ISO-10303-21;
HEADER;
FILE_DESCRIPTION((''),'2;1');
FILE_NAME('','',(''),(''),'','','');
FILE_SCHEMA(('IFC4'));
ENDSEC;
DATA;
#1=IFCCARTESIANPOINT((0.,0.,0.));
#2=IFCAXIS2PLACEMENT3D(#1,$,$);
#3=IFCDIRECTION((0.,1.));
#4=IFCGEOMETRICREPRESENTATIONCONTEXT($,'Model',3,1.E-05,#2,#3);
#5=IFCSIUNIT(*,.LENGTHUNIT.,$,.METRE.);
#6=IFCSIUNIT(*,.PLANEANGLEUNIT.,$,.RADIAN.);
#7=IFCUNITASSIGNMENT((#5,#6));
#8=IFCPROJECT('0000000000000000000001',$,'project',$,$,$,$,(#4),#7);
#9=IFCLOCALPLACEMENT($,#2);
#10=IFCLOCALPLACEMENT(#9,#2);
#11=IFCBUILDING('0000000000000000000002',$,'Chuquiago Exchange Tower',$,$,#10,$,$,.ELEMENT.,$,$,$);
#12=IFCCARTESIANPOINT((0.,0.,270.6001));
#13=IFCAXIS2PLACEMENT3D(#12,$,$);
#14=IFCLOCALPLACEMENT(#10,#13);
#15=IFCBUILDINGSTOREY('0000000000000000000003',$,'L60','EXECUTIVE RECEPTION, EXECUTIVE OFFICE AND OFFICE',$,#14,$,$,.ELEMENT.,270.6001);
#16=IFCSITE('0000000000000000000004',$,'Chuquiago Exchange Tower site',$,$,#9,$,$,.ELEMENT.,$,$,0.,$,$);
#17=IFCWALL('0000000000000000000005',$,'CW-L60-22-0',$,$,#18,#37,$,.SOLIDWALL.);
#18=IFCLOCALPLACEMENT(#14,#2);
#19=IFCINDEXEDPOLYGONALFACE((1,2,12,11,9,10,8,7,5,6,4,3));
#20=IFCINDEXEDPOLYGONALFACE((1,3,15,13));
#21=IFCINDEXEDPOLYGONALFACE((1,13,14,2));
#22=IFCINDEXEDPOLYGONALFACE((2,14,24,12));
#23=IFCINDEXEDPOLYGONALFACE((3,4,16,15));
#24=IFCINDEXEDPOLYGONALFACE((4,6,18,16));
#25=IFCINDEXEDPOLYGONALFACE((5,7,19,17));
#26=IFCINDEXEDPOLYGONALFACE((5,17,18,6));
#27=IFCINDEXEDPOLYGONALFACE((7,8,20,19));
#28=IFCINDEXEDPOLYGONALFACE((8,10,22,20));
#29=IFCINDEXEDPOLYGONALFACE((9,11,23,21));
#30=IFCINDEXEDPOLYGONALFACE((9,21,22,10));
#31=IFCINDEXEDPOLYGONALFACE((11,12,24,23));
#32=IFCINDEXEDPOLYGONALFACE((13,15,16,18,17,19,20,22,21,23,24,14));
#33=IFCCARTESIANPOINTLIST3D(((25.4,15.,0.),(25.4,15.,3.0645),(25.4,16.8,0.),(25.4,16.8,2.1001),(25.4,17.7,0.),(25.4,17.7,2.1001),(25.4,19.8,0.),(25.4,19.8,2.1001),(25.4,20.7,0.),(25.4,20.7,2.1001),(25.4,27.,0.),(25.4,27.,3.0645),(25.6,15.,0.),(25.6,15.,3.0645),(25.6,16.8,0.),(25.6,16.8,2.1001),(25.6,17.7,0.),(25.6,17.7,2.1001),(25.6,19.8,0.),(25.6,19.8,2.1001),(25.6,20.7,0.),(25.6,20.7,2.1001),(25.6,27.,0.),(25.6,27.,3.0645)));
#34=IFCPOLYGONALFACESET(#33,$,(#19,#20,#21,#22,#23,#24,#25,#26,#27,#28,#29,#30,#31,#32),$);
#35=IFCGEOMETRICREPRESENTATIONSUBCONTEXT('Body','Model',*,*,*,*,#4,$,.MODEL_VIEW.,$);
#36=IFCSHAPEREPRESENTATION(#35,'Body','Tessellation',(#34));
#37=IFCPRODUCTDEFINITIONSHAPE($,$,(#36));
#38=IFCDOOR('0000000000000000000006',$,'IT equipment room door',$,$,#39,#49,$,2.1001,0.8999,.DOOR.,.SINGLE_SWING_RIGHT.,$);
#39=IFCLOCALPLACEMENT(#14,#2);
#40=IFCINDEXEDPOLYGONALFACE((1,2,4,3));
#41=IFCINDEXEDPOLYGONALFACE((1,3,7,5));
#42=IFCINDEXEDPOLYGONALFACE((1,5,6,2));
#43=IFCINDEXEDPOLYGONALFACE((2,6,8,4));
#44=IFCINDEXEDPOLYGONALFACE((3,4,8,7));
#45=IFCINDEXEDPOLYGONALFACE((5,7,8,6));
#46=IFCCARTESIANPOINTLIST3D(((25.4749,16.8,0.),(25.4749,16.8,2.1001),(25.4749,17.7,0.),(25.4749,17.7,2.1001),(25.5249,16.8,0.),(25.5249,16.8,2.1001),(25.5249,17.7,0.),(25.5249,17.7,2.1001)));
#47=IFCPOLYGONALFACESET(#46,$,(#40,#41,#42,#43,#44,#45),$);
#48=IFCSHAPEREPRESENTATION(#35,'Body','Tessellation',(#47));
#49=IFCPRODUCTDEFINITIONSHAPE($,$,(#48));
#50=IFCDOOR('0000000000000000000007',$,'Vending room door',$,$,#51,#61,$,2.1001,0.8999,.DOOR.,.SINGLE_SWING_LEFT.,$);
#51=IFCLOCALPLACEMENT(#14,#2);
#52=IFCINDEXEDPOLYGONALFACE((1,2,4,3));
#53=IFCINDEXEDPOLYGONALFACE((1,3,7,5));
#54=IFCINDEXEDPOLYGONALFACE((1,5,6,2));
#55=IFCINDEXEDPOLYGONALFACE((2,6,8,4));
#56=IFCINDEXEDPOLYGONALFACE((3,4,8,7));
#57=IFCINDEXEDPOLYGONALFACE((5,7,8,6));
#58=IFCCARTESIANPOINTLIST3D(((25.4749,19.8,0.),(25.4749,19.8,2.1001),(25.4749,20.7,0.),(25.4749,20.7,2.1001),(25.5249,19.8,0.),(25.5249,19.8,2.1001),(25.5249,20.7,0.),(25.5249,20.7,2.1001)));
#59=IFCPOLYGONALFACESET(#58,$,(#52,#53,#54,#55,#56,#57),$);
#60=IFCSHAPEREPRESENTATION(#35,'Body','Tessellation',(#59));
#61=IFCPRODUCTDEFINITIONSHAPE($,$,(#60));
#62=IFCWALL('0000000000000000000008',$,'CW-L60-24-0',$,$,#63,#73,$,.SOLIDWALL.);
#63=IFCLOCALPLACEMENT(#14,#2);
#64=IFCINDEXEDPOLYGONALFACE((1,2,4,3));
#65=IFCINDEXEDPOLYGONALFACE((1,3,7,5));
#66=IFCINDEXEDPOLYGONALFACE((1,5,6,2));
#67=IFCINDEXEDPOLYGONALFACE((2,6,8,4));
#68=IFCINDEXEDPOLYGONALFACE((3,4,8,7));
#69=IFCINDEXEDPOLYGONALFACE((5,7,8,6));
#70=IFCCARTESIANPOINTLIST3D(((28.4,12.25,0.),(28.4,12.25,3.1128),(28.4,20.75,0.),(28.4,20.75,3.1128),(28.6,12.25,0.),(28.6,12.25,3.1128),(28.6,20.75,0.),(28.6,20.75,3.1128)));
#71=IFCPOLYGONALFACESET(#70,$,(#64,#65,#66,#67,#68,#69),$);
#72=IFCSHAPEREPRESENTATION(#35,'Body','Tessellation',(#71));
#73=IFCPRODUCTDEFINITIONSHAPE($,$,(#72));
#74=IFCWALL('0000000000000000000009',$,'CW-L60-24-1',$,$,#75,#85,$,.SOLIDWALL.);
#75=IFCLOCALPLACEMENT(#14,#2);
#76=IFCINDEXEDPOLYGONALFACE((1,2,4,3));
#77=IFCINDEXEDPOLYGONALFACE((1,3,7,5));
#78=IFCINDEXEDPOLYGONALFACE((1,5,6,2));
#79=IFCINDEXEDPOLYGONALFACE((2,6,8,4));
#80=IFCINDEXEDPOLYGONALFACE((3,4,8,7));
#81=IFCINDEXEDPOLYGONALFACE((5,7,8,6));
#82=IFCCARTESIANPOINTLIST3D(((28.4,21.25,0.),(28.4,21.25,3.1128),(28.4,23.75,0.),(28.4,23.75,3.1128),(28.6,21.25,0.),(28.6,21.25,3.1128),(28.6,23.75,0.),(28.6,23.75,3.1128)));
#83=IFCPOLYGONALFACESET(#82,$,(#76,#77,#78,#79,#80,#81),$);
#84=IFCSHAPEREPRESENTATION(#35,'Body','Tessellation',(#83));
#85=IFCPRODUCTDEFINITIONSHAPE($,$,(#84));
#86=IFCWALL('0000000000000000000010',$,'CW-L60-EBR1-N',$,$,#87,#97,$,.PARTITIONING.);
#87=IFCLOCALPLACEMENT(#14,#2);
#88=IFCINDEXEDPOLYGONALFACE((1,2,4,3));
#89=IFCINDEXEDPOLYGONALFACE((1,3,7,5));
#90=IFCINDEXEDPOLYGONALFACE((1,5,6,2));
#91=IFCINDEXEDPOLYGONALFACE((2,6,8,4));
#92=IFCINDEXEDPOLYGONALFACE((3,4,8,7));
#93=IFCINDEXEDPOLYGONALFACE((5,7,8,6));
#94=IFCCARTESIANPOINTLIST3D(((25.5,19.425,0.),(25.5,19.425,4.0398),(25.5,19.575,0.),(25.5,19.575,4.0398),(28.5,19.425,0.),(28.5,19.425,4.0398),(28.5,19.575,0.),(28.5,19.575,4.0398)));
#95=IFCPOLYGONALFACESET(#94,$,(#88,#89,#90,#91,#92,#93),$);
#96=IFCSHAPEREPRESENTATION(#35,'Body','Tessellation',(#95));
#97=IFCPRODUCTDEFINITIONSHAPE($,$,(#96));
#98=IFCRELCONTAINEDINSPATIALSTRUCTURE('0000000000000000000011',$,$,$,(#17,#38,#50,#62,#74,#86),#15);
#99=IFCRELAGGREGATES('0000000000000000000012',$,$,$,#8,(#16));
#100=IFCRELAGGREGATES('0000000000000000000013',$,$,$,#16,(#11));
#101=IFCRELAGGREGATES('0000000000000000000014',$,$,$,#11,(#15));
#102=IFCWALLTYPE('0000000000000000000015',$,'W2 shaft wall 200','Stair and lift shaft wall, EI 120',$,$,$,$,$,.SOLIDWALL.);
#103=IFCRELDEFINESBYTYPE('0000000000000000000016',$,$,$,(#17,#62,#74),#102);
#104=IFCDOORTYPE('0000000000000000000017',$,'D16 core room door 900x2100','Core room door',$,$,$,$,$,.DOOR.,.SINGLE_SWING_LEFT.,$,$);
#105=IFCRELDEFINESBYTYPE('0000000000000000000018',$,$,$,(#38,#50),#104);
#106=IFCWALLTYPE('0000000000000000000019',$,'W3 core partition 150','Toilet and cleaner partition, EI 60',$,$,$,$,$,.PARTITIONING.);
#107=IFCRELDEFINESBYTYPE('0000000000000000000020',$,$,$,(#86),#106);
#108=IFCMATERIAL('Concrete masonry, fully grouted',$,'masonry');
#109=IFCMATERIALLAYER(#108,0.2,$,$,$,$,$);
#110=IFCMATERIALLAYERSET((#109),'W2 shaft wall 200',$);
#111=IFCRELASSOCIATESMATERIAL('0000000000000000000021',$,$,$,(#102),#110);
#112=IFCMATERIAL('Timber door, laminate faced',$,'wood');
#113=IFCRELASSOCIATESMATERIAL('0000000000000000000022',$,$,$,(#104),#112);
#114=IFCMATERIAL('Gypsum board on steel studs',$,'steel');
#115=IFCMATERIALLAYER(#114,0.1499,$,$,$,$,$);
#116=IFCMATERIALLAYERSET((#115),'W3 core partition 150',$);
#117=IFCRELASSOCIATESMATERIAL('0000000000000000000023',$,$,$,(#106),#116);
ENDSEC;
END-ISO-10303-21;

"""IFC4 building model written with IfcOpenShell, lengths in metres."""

from ifc_helpers import new_model, si_unit, direction, frame, frame_2d, origin, place, context, subcontext, project, spatial, rectangle, extrude, material, layer, layer_set, type_object, element, fill, save


model = new_model("IFC4")

# Units and contexts
model_context = context("Model", 3, precision=1e-05, world=origin(), true_north=direction((0.0, 1.0)))
body_context = subcontext(model_context, "Body", "Model", "MODEL_VIEW")
ifc_project = project(units=[si_unit("LENGTHUNIT", "METRE"), si_unit("PLANEANGLEUNIT", "RADIAN")], contexts=[model_context])

# Site, building, storey
site_placement = place(None, origin())
site = spatial("IfcSite", under=ifc_project, at=site_placement, Name="Chuquiago Exchange Tower site", CompositionType="ELEMENT", RefElevation=0.0)
building_placement = place(site_placement, origin())
building = spatial("IfcBuilding", under=site, at=building_placement, Name="Chuquiago Exchange Tower", CompositionType="ELEMENT")
storey_placement = place(building_placement, frame((0.0, 0.0, 270.6001)))
storey = spatial("IfcBuildingStorey", under=building, at=storey_placement, Name="L60", Description="EXECUTIVE RECEPTION, EXECUTIVE OFFICE AND OFFICE", CompositionType="ELEMENT", Elevation=270.6001)

# Shared definitions
ifc_material_1 = material(Name="Concrete masonry, fully grouted", Category="masonry")
ifc_layer_1 = layer(ifc_material_1, 0.2)
ifc_layer_set_1 = layer_set([ifc_layer_1], Name="W2 shaft wall 200")
wall_type_1 = type_object("IfcWallType", Name="W2 shaft wall 200", Description="Stair and lift shaft wall, EI 120", PredefinedType="SOLIDWALL", material=ifc_layer_set_1)

# Wall, openings, doors
wall_1_placement = place(storey_placement, frame((25.5, 15.0, 0.0), z_axis=(0.0, 0.0, 1.0), x_axis=(0.0, 1.0, 0.0)))
wall_1 = element("IfcWall", 1, at=wall_1_placement, inside=storey, type_object=wall_type_1, Name="CW-L60-22-0", PredefinedType="SOLIDWALL", context=body_context, shape_type="SweptSolid", body=[
    extrude(rectangle(XDim=12.0, YDim=0.2, at=frame_2d((6.0, 0.0))), origin(), (0.0, 0.0, 1.0), 3.0645),
])
opening_1_placement = place(wall_1_placement, frame((1.8, 0.0, 0.0)))
opening_1 = element("IfcOpeningElement", 2, at=opening_1_placement, cuts=wall_1, PredefinedType="OPENING", context=body_context, shape_type="SweptSolid", body=[
    extrude(rectangle(XDim=0.8999, YDim=2.1001, at=frame_2d((0.45, 1.05))), frame((0.0, 0.1099, 0.0), z_axis=(0.0, -1.0, 0.0), x_axis=(1.0, 0.0, 0.0)), (0.0, 0.0, 1.0), 0.22),
])
opening_2_placement = place(wall_1_placement, frame((4.8, 0.0, 0.0)))
opening_2 = element("IfcOpeningElement", 3, at=opening_2_placement, cuts=wall_1, PredefinedType="OPENING", context=body_context, shape_type="SweptSolid", body=[
    extrude(rectangle(XDim=0.8999, YDim=2.1001, at=frame_2d((0.45, 1.05))), frame((0.0, 0.1099, 0.0), z_axis=(0.0, -1.0, 0.0), x_axis=(1.0, 0.0, 0.0)), (0.0, 0.0, 1.0), 0.22),
])
ifc_material_2 = material(Name="Timber door, laminate faced", Category="wood")
door_type_1 = type_object("IfcDoorType", Name="D16 core room door 900x2100", Description="Core room door", OperationType="SINGLE_SWING_LEFT", PredefinedType="DOOR", material=ifc_material_2)
door_1_placement = place(opening_1_placement, frame((0.8999, 0.0, 0.0), z_axis=(0.0, 0.0, 1.0), x_axis=(-1.0, 0.0, 0.0)))
door_1 = element("IfcDoor", 4, at=door_1_placement, inside=storey, type_object=door_type_1, Name="IT equipment room door", OperationType="SINGLE_SWING_RIGHT", OverallHeight=2.1001, OverallWidth=0.8999, PredefinedType="DOOR", context=body_context, shape_type="SweptSolid", body=[
    extrude(rectangle(XDim=0.8999, YDim=2.1001, at=frame_2d((0.45, 1.05))), frame((0.0, 0.0249, 0.0), z_axis=(0.0, -1.0, 0.0), x_axis=(1.0, 0.0, 0.0)), (0.0, 0.0, 1.0), 0.05),
])
fill(opening_1, door_1)
door_2_placement = place(opening_2_placement, frame((0.8999, 0.0, 0.0), z_axis=(0.0, 0.0, 1.0), x_axis=(-1.0, 0.0, 0.0)))
door_2 = element("IfcDoor", 5, at=door_2_placement, inside=storey, type_object=door_type_1, Name="Vending room door", OperationType="SINGLE_SWING_LEFT", OverallHeight=2.1001, OverallWidth=0.8999, PredefinedType="DOOR", context=body_context, shape_type="SweptSolid", body=[
    extrude(rectangle(XDim=0.8999, YDim=2.1001, at=frame_2d((0.45, 1.05))), frame((0.0, 0.0249, 0.0), z_axis=(0.0, -1.0, 0.0), x_axis=(1.0, 0.0, 0.0)), (0.0, 0.0, 1.0), 0.05),
])
fill(opening_2, door_2)

# Walls
wall_2_placement = place(storey_placement, frame((28.5, 12.25, 0.0), z_axis=(0.0, 0.0, 1.0), x_axis=(0.0, 1.0, 0.0)))
element("IfcWall", 6, at=wall_2_placement, inside=storey, type_object=wall_type_1, Name="CW-L60-24-0", PredefinedType="SOLIDWALL", context=body_context, shape_type="SweptSolid", body=[
    extrude(rectangle(XDim=8.5, YDim=0.2, at=frame_2d((4.25, 0.0))), origin(), (0.0, 0.0, 1.0), 3.1128),
])
wall_3_placement = place(storey_placement, frame((28.5, 21.25, 0.0), z_axis=(0.0, 0.0, 1.0), x_axis=(0.0, 1.0, 0.0)))
element("IfcWall", 7, at=wall_3_placement, inside=storey, type_object=wall_type_1, Name="CW-L60-24-1", PredefinedType="SOLIDWALL", context=body_context, shape_type="SweptSolid", body=[
    extrude(rectangle(XDim=2.5, YDim=0.2, at=frame_2d((1.25, 0.0))), origin(), (0.0, 0.0, 1.0), 3.1128),
])
ifc_material_3 = material(Name="Gypsum board on steel studs", Category="steel")
ifc_layer_2 = layer(ifc_material_3, 0.1499)
ifc_layer_set_2 = layer_set([ifc_layer_2], Name="W3 core partition 150")
wall_type_2 = type_object("IfcWallType", Name="W3 core partition 150", Description="Toilet and cleaner partition, EI 60", PredefinedType="PARTITIONING", material=ifc_layer_set_2)
wall_4_placement = place(storey_placement, frame((25.5, 19.5, 0.0), z_axis=(0.0, 0.0, 1.0), x_axis=(1.0, 0.0, 0.0)))
element("IfcWall", 8, at=wall_4_placement, inside=storey, type_object=wall_type_2, Name="CW-L60-EBR1-N", PredefinedType="PARTITIONING", context=body_context, shape_type="SweptSolid", body=[
    extrude(rectangle(XDim=3.0, YDim=0.1499, at=frame_2d((1.5, 0.0))), origin(), (0.0, 0.0, 1.0), 4.0398),
])

save(model, "model.ifc")
